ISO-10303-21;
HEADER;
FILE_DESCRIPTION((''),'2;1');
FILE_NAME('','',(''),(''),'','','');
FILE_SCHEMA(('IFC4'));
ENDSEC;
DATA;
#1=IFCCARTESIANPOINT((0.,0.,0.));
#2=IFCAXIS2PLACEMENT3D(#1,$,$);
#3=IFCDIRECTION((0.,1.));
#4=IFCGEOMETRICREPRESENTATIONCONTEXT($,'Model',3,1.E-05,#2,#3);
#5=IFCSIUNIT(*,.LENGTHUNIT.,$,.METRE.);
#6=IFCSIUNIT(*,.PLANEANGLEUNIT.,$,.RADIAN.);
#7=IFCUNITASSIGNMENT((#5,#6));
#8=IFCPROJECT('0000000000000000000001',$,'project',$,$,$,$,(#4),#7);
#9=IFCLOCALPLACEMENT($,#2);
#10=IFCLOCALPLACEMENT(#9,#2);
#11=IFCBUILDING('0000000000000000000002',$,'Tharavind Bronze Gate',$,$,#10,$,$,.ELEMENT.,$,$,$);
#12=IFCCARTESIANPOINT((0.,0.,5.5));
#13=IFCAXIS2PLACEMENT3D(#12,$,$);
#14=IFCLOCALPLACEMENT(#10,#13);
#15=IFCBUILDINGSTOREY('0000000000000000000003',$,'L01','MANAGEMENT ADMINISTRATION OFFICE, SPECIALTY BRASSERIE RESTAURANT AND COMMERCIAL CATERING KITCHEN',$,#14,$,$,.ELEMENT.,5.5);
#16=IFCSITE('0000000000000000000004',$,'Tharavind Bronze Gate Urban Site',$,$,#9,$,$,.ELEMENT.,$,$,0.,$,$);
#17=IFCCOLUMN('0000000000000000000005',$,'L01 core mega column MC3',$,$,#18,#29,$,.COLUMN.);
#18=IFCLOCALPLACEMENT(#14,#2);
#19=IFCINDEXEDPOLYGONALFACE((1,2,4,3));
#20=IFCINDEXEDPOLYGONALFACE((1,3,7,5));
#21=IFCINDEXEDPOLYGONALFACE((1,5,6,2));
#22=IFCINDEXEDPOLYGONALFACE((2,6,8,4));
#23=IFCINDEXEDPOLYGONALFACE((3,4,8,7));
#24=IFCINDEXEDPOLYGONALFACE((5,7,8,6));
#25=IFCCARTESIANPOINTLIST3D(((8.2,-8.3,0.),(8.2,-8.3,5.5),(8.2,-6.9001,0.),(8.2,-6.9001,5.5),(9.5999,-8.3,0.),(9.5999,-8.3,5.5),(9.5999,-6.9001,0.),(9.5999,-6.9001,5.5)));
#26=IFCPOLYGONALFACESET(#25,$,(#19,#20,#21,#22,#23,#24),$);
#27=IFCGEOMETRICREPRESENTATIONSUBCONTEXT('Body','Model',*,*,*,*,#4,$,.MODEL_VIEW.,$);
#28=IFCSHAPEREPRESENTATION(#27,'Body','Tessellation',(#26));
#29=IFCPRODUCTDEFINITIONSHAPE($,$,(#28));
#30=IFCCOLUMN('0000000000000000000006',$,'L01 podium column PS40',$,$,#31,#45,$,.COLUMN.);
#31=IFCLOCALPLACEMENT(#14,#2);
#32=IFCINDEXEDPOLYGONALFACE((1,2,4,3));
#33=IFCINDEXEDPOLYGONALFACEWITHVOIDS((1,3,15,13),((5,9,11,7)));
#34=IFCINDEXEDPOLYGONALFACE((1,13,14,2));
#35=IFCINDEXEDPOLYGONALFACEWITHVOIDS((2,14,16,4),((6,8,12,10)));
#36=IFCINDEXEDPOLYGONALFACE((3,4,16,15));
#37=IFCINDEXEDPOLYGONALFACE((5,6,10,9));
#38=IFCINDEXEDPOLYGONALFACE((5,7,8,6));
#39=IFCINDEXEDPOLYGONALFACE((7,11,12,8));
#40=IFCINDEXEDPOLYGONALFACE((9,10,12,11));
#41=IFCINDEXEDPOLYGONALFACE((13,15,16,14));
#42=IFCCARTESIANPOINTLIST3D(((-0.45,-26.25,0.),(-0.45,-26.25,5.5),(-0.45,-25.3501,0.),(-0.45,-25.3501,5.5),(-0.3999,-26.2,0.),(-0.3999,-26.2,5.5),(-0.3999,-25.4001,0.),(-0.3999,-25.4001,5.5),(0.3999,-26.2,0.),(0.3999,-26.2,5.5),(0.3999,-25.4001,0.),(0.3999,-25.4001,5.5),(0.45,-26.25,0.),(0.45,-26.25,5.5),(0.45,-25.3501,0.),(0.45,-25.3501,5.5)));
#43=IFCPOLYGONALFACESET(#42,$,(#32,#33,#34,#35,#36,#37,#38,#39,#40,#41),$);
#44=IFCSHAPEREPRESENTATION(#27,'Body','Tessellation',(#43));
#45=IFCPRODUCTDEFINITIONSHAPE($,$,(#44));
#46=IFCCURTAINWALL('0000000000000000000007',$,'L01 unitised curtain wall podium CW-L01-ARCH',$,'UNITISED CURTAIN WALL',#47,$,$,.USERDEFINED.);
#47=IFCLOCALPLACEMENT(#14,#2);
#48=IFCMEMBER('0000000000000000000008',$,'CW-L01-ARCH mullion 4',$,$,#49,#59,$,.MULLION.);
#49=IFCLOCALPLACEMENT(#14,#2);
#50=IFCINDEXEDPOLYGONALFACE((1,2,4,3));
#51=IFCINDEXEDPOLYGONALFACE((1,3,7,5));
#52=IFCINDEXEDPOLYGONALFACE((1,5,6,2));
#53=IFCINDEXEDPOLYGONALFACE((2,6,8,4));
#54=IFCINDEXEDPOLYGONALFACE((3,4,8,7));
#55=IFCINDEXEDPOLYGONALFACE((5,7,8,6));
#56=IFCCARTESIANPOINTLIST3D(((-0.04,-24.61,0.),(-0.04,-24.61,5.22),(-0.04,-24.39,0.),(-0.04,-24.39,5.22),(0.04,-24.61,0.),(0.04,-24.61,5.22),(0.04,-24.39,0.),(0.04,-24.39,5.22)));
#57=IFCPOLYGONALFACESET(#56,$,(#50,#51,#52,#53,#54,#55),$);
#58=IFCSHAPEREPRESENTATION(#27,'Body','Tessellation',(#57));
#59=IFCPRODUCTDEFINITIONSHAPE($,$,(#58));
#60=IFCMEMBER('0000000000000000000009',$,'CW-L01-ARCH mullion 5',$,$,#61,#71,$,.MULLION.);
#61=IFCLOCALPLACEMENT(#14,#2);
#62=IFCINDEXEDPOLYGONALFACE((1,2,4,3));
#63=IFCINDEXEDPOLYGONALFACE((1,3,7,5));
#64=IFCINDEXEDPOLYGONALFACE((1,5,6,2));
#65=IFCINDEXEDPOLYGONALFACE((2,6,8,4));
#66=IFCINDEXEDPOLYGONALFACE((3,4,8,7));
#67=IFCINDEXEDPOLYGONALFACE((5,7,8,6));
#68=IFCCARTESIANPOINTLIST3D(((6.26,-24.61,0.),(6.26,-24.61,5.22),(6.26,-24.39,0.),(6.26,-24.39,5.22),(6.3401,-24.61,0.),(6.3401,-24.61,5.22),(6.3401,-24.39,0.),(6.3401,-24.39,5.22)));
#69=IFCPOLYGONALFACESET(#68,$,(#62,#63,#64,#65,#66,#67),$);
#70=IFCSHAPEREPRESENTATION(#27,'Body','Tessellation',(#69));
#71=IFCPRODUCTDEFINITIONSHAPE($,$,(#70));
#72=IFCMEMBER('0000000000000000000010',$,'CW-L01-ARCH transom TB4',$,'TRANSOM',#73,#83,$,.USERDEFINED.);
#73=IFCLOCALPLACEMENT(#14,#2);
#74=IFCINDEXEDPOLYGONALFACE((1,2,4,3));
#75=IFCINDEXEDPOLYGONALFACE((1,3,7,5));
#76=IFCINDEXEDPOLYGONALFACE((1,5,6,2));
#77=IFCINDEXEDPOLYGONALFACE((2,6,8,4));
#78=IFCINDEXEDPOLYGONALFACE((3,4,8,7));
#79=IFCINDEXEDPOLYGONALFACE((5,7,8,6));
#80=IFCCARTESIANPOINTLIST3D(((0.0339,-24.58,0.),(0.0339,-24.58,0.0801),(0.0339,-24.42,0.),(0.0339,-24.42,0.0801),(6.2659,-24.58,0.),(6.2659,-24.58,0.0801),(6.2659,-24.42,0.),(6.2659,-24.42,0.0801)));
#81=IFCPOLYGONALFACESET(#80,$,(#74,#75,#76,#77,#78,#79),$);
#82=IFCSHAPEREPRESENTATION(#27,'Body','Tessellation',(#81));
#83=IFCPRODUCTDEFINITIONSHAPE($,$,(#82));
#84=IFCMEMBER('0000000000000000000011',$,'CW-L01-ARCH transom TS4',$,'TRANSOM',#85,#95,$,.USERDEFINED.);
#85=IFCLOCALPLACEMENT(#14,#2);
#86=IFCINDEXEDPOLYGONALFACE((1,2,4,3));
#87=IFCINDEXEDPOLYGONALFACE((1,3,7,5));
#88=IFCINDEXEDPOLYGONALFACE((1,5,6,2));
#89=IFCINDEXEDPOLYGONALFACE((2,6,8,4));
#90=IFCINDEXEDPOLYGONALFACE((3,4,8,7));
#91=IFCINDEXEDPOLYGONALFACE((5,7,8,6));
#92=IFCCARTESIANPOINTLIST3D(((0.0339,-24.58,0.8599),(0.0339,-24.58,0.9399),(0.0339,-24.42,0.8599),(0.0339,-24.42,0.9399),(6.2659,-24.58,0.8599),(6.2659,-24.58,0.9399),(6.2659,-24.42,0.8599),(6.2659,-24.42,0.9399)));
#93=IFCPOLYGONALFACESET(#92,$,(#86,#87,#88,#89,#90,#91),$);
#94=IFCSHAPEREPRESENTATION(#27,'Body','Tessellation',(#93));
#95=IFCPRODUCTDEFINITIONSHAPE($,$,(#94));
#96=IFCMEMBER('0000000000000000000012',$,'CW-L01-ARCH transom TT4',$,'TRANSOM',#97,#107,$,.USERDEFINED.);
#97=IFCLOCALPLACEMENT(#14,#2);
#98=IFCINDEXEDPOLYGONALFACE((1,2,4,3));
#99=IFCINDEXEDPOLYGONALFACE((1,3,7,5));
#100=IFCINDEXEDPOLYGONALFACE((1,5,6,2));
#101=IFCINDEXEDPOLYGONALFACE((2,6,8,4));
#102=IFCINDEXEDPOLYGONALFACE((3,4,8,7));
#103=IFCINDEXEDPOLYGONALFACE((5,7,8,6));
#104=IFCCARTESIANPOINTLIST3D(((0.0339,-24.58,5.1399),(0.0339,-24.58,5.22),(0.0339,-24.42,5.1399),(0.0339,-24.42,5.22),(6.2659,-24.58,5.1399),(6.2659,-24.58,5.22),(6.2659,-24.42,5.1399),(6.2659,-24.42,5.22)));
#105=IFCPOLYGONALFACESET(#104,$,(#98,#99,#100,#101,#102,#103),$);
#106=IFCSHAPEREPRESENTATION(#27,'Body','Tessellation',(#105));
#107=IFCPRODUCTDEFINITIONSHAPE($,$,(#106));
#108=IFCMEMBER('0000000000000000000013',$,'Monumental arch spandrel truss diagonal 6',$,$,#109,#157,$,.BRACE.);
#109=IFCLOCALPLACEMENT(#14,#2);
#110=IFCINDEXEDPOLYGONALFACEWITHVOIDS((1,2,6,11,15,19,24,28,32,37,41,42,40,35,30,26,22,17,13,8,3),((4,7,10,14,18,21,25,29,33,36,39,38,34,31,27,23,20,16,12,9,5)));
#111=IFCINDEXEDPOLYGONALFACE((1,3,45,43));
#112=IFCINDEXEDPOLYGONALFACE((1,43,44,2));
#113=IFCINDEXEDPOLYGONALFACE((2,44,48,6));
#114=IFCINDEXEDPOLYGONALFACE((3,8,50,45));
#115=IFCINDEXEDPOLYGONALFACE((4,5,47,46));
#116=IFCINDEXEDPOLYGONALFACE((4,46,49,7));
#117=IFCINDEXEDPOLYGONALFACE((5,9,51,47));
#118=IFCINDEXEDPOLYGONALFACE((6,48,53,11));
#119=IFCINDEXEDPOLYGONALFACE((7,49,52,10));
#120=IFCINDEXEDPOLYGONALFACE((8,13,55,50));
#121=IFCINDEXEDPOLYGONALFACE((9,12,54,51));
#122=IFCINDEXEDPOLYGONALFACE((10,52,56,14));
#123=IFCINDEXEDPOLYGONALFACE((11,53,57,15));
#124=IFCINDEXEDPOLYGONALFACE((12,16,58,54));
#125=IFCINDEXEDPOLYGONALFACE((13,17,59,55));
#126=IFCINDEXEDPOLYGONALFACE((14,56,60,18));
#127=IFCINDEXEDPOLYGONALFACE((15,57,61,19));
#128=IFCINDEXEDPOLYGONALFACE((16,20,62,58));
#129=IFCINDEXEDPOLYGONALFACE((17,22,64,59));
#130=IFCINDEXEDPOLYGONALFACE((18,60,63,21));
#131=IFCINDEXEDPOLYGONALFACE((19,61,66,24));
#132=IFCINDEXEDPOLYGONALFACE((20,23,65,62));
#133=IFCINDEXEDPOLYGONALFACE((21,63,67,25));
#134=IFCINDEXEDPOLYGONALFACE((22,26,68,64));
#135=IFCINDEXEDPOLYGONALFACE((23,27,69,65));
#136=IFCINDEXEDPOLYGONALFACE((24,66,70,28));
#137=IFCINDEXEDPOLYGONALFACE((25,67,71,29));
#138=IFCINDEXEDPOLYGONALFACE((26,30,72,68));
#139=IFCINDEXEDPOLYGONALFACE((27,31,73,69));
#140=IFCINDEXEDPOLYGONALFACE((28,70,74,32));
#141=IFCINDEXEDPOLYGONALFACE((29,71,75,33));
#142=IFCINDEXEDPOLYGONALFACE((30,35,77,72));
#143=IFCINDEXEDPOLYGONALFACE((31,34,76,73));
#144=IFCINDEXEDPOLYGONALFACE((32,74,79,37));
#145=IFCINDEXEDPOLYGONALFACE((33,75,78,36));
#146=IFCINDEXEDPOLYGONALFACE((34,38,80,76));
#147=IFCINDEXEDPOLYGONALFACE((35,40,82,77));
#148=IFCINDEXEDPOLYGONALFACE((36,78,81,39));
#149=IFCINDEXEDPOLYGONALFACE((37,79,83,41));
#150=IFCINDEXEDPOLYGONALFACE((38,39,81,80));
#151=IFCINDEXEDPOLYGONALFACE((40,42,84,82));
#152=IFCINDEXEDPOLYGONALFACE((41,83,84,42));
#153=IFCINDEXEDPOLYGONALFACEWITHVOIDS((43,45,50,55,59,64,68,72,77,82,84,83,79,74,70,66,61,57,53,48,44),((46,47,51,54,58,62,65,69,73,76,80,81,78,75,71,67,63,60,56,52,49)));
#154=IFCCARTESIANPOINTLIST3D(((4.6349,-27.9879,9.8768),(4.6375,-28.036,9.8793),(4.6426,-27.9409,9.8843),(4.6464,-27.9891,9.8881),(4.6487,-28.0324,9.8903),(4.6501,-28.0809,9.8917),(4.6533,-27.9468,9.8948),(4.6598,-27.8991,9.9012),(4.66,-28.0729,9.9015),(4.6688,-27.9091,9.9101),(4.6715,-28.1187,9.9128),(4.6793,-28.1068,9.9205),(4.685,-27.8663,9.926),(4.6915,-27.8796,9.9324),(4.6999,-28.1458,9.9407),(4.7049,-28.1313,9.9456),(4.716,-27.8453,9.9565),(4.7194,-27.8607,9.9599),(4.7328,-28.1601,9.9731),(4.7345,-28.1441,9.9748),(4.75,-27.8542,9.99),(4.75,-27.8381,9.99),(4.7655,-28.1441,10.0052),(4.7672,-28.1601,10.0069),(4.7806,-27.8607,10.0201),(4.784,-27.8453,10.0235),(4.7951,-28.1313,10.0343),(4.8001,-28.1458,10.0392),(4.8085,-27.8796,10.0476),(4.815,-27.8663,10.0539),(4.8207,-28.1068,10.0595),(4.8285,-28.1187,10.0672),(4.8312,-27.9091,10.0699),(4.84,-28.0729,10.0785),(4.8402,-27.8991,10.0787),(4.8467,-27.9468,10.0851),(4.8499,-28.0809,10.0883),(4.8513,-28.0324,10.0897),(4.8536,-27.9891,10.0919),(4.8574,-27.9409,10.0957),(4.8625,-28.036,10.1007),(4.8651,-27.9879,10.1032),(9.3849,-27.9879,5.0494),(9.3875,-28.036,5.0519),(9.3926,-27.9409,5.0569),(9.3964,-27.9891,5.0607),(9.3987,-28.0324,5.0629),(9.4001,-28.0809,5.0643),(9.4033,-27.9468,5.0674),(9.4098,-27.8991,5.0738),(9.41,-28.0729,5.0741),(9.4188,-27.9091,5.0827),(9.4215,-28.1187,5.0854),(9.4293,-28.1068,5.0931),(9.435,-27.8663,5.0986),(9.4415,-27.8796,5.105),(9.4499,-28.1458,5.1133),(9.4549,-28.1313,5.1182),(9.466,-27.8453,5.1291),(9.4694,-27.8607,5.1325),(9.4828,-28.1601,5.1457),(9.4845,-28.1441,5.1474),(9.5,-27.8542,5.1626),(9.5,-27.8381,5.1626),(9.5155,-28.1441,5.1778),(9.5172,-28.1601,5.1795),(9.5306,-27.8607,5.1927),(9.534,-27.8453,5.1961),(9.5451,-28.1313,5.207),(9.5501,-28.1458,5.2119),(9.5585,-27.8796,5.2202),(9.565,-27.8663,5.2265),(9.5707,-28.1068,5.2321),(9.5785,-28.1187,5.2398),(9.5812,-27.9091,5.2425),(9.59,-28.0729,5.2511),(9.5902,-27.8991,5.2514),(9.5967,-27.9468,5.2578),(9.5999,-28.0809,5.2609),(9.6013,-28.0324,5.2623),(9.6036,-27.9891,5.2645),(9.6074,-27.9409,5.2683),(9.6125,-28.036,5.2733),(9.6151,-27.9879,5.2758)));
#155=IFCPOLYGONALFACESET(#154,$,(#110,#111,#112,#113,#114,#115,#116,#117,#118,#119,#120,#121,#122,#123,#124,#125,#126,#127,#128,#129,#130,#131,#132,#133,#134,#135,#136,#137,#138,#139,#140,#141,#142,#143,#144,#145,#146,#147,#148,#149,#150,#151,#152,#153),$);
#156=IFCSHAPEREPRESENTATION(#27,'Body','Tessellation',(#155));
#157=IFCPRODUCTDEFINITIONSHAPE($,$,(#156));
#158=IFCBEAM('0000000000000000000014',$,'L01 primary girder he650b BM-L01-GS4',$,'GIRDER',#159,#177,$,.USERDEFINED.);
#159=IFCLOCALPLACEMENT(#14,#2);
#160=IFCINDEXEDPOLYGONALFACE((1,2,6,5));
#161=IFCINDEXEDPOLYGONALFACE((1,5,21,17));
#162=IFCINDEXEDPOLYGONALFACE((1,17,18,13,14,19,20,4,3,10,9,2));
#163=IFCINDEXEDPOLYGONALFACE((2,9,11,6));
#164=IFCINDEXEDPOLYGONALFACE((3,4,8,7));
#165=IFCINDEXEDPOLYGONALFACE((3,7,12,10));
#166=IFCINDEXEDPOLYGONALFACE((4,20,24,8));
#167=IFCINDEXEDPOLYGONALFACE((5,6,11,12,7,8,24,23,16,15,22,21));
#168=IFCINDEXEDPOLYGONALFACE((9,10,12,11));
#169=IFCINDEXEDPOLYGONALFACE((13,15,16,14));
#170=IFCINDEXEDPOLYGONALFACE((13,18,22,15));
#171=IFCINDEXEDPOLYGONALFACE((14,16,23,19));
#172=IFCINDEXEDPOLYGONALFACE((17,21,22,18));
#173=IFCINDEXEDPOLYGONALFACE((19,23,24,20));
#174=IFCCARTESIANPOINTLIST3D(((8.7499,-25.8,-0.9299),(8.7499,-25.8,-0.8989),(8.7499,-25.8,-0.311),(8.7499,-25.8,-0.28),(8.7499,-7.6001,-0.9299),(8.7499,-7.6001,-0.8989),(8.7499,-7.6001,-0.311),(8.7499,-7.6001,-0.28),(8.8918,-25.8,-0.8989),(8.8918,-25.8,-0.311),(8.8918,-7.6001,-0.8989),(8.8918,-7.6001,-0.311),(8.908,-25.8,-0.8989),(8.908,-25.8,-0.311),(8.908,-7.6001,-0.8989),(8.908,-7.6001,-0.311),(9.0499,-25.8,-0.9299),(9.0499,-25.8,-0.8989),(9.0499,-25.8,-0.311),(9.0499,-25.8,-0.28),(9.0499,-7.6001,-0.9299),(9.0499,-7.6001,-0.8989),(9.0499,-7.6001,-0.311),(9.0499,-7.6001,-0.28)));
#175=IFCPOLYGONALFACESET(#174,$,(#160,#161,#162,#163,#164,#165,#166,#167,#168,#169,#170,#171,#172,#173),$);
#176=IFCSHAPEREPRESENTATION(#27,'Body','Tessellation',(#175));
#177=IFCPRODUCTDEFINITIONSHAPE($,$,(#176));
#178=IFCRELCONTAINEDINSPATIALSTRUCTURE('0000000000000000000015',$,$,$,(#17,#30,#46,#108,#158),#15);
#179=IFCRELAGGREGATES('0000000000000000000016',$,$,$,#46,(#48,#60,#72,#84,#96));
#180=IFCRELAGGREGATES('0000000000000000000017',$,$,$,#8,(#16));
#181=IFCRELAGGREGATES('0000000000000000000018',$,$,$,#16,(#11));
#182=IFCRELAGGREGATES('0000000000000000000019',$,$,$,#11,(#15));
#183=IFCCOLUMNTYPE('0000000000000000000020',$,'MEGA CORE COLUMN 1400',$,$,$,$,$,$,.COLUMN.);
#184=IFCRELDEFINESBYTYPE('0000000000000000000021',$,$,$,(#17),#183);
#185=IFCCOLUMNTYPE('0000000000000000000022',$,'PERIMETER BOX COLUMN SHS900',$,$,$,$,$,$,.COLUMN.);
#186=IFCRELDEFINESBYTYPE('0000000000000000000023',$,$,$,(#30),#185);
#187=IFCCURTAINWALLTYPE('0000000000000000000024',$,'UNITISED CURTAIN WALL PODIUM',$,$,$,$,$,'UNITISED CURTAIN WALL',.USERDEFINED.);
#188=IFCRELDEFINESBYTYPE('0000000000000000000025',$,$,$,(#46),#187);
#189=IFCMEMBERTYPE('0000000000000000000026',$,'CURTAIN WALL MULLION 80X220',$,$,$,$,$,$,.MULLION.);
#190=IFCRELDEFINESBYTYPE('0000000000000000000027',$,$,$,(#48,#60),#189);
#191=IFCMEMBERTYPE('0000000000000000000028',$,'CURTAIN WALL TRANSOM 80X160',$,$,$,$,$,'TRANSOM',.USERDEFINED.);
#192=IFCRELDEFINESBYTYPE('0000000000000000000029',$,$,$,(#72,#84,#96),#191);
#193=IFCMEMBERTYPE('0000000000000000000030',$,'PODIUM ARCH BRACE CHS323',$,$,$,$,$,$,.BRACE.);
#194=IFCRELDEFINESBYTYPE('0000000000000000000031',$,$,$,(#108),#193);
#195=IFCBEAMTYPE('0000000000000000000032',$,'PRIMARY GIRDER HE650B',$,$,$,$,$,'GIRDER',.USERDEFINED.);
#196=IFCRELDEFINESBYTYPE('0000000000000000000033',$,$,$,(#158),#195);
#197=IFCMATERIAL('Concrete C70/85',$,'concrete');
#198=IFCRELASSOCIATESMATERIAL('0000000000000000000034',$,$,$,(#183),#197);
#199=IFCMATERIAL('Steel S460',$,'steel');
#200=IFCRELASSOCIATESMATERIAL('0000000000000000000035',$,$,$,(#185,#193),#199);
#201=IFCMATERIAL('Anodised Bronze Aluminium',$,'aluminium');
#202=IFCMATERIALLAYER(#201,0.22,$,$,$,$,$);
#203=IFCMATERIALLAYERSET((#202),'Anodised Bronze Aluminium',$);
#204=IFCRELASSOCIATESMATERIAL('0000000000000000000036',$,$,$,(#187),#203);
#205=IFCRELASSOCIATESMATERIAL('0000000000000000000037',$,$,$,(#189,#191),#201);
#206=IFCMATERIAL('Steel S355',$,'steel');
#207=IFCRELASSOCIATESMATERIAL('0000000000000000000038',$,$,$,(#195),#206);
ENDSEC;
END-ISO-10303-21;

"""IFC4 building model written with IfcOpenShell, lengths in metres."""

from ifc_helpers import new_model, si_unit, direction, frame, origin, origin_2d, place, context, subcontext, project, spatial, rectangle, hollow_rectangle, hollow_circle, i_section, extrude, material, layer, layer_set, material_profile, profile_set, type_object, element, aggregate, save


model = new_model("IFC4")

# Units and contexts
model_context = context("Model", 3, precision=1e-05, world=origin(), true_north=direction((0.0, 1.0)))
body_context = subcontext(model_context, "Body", "Model", "MODEL_VIEW")
ifc_project = project(units=[si_unit("LENGTHUNIT", "METRE"), si_unit("PLANEANGLEUNIT", "RADIAN")], contexts=[model_context])

# Site, building, storey
site_placement = place(None, origin())
site = spatial("IfcSite", under=ifc_project, at=site_placement, Name="Tharavind Bronze Gate Urban Site", CompositionType="ELEMENT", RefElevation=0.0)
building_placement = place(site_placement, origin())
building = spatial("IfcBuilding", under=site, at=building_placement, Name="Tharavind Bronze Gate", CompositionType="ELEMENT")
storey_placement = place(building_placement, frame((0.0, 0.0, 5.5)))
storey = spatial("IfcBuildingStorey", under=building, at=storey_placement, Name="L01", Description="MANAGEMENT ADMINISTRATION OFFICE, SPECIALTY BRASSERIE RESTAURANT AND COMMERCIAL CATERING KITCHEN", CompositionType="ELEMENT", Elevation=5.5)

# Columns
ifc_material_1 = material(Name="Concrete C70/85", Category="concrete")
ifc_material_profile_1 = material_profile(ifc_material_1, rectangle(XDim=1.3999, YDim=1.3999, at=origin_2d()), Name="RCCOL1400")
ifc_profile_set_1 = profile_set([ifc_material_profile_1], Name="Concrete C70/85")
column_type_1 = type_object("IfcColumnType", Name="MEGA CORE COLUMN 1400", PredefinedType="COLUMN", material=ifc_profile_set_1)
column_1_placement = place(storey_placement, frame((8.8999, -7.6001, 0.0), z_axis=(0.0, 0.0, 1.0), x_axis=(1.0, 0.0, 0.0)))
element("IfcColumn", 1, at=column_1_placement, inside=storey, type_object=column_type_1, Name="L01 core mega column MC3", PredefinedType="COLUMN", context=body_context, shape_type="SweptSolid", body=[
    extrude(rectangle(XDim=1.3999, YDim=1.3999, at=origin_2d()), origin(), (0.0, 0.0, 1.0), 5.5),
])
ifc_material_2 = material(Name="Steel S460", Category="steel")
ifc_material_profile_2 = material_profile(ifc_material_2, hollow_rectangle(XDim=0.8999, YDim=0.8999, WallThickness=0.05, at=origin_2d()), Name="SHS900X50")
ifc_profile_set_2 = profile_set([ifc_material_profile_2], Name="Steel S460")
column_type_2 = type_object("IfcColumnType", Name="PERIMETER BOX COLUMN SHS900", PredefinedType="COLUMN", material=ifc_profile_set_2)
column_2_placement = place(storey_placement, frame((0.0, -25.8, 0.0), z_axis=(0.0, 0.0, 1.0), x_axis=(1.0, 0.0, 0.0)))
element("IfcColumn", 2, at=column_2_placement, inside=storey, type_object=column_type_2, Name="L01 podium column PS40", PredefinedType="COLUMN", context=body_context, shape_type="SweptSolid", body=[
    extrude(hollow_rectangle(XDim=0.8999, YDim=0.8999, WallThickness=0.05, at=origin_2d()), origin(), (0.0, 0.0, 1.0), 5.5),
])

# Curtain wall, members
ifc_material_3 = material(Name="Anodised Bronze Aluminium", Category="aluminium")
ifc_layer_1 = layer(ifc_material_3, 0.22)
ifc_layer_set_1 = layer_set([ifc_layer_1], Name="Anodised Bronze Aluminium")
curtain_wall_type = type_object("IfcCurtainWallType", Name="UNITISED CURTAIN WALL PODIUM", ElementType="UNITISED CURTAIN WALL", PredefinedType="USERDEFINED", material=ifc_layer_set_1)
curtain_wall_placement = place(storey_placement, origin())
curtain_wall = element("IfcCurtainWall", 3, at=curtain_wall_placement, inside=storey, type_object=curtain_wall_type, Name="L01 unitised curtain wall podium CW-L01-ARCH", ObjectType="UNITISED CURTAIN WALL", PredefinedType="USERDEFINED")
member_type_1 = type_object("IfcMemberType", Name="CURTAIN WALL MULLION 80X220", PredefinedType="MULLION", material=ifc_material_3)
member_1_placement = place(storey_placement, frame((0.0, -24.5, 0.0), z_axis=(0.0, 0.0, 1.0), x_axis=(1.0, 0.0, 0.0)))
member_1 = element("IfcMember", 4, at=member_1_placement, type_object=member_type_1, Name="CW-L01-ARCH mullion 4", PredefinedType="MULLION", context=body_context, shape_type="SweptSolid", body=[
    extrude(rectangle(XDim=0.0801, YDim=0.22, at=origin_2d()), origin(), (0.0, 0.0, 1.0), 5.22),
])
member_2_placement = place(storey_placement, frame((6.3, -24.5, 0.0), z_axis=(0.0, 0.0, 1.0), x_axis=(1.0, 0.0, 0.0)))
member_2 = element("IfcMember", 5, at=member_2_placement, type_object=member_type_1, Name="CW-L01-ARCH mullion 5", PredefinedType="MULLION", context=body_context, shape_type="SweptSolid", body=[
    extrude(rectangle(XDim=0.0801, YDim=0.22, at=origin_2d()), origin(), (0.0, 0.0, 1.0), 5.22),
])
member_type_2 = type_object("IfcMemberType", Name="CURTAIN WALL TRANSOM 80X160", ElementType="TRANSOM", PredefinedType="USERDEFINED", material=ifc_material_3)
member_3_placement = place(storey_placement, frame((3.1499, -24.5, 0.0), z_axis=(0.0, 0.0, 1.0), x_axis=(1.0, 0.0, 0.0)))
member_3 = element("IfcMember", 6, at=member_3_placement, type_object=member_type_2, Name="CW-L01-ARCH transom TB4", ObjectType="TRANSOM", PredefinedType="USERDEFINED", context=body_context, shape_type="SweptSolid", body=[
    extrude(rectangle(XDim=6.2319, YDim=0.1599, at=origin_2d()), origin(), (0.0, 0.0, 1.0), 0.0801),
])
member_4_placement = place(storey_placement, frame((3.1499, -24.5, 0.8599), z_axis=(0.0, 0.0, 1.0), x_axis=(1.0, 0.0, 0.0)))
member_4 = element("IfcMember", 7, at=member_4_placement, type_object=member_type_2, Name="CW-L01-ARCH transom TS4", ObjectType="TRANSOM", PredefinedType="USERDEFINED", context=body_context, shape_type="SweptSolid", body=[
    extrude(rectangle(XDim=6.2319, YDim=0.1599, at=origin_2d()), origin(), (0.0, 0.0, 1.0), 0.0801),
])
member_5_placement = place(storey_placement, frame((3.1499, -24.5, 5.1399), z_axis=(0.0, 0.0, 1.0), x_axis=(1.0, 0.0, 0.0)))
member_5 = element("IfcMember", 8, at=member_5_placement, type_object=member_type_2, Name="CW-L01-ARCH transom TT4", ObjectType="TRANSOM", PredefinedType="USERDEFINED", context=body_context, shape_type="SweptSolid", body=[
    extrude(rectangle(XDim=6.2319, YDim=0.1599, at=origin_2d()), origin(), (0.0, 0.0, 1.0), 0.0801),
])

# Member
ifc_material_profile_3 = material_profile(ifc_material_2, hollow_circle(Radius=0.1619, WallThickness=0.0161, at=origin_2d()), Name="CHS323X16")
ifc_profile_set_3 = profile_set([ifc_material_profile_3], Name="Steel S460")
member_type_3 = type_object("IfcMemberType", Name="PODIUM ARCH BRACE CHS323", PredefinedType="BRACE", material=ifc_profile_set_3)
member_6_placement = place(storey_placement, frame((4.75, -28.0, 9.99), z_axis=(0.70137, 0.0, -0.712797), x_axis=(0.0, 1.0, 0.0)))
element("IfcMember", 9, at=member_6_placement, inside=storey, type_object=member_type_3, Name="Monumental arch spandrel truss diagonal 6", PredefinedType="BRACE", context=body_context, shape_type="SweptSolid", body=[
    extrude(hollow_circle(Radius=0.1619, WallThickness=0.0161, at=origin_2d()), origin(), (0.0, 0.0, 1.0), 6.7725),
])

# Beam
ifc_material_4 = material(Name="Steel S355", Category="steel")
ifc_material_profile_4 = material_profile(ifc_material_4, i_section(OverallWidth=0.3, OverallDepth=0.6499, WebThickness=0.0161, FlangeThickness=0.031, at=origin_2d()), Name="HE650B")
ifc_profile_set_4 = profile_set([ifc_material_profile_4], Name="Steel S355")
beam_type_1 = type_object("IfcBeamType", Name="PRIMARY GIRDER HE650B", ElementType="GIRDER", PredefinedType="USERDEFINED", material=ifc_profile_set_4)
beam_1_placement = place(storey_placement, frame((8.8999, -25.8, -0.605), z_axis=(0.0, 1.0, 0.0), x_axis=(-1.0, 0.0, 0.0)))
element("IfcBeam", 10, at=beam_1_placement, inside=storey, type_object=beam_type_1, Name="L01 primary girder he650b BM-L01-GS4", ObjectType="GIRDER", PredefinedType="USERDEFINED", context=body_context, shape_type="SweptSolid", body=[
    extrude(i_section(OverallWidth=0.3, OverallDepth=0.6499, WebThickness=0.0161, FlangeThickness=0.031, at=origin_2d()), origin(), (0.0, 0.0, 1.0), 18.2),
])

aggregate(curtain_wall, [member_1, member_2, member_3, member_4, member_5])

save(model, "model.ifc")
